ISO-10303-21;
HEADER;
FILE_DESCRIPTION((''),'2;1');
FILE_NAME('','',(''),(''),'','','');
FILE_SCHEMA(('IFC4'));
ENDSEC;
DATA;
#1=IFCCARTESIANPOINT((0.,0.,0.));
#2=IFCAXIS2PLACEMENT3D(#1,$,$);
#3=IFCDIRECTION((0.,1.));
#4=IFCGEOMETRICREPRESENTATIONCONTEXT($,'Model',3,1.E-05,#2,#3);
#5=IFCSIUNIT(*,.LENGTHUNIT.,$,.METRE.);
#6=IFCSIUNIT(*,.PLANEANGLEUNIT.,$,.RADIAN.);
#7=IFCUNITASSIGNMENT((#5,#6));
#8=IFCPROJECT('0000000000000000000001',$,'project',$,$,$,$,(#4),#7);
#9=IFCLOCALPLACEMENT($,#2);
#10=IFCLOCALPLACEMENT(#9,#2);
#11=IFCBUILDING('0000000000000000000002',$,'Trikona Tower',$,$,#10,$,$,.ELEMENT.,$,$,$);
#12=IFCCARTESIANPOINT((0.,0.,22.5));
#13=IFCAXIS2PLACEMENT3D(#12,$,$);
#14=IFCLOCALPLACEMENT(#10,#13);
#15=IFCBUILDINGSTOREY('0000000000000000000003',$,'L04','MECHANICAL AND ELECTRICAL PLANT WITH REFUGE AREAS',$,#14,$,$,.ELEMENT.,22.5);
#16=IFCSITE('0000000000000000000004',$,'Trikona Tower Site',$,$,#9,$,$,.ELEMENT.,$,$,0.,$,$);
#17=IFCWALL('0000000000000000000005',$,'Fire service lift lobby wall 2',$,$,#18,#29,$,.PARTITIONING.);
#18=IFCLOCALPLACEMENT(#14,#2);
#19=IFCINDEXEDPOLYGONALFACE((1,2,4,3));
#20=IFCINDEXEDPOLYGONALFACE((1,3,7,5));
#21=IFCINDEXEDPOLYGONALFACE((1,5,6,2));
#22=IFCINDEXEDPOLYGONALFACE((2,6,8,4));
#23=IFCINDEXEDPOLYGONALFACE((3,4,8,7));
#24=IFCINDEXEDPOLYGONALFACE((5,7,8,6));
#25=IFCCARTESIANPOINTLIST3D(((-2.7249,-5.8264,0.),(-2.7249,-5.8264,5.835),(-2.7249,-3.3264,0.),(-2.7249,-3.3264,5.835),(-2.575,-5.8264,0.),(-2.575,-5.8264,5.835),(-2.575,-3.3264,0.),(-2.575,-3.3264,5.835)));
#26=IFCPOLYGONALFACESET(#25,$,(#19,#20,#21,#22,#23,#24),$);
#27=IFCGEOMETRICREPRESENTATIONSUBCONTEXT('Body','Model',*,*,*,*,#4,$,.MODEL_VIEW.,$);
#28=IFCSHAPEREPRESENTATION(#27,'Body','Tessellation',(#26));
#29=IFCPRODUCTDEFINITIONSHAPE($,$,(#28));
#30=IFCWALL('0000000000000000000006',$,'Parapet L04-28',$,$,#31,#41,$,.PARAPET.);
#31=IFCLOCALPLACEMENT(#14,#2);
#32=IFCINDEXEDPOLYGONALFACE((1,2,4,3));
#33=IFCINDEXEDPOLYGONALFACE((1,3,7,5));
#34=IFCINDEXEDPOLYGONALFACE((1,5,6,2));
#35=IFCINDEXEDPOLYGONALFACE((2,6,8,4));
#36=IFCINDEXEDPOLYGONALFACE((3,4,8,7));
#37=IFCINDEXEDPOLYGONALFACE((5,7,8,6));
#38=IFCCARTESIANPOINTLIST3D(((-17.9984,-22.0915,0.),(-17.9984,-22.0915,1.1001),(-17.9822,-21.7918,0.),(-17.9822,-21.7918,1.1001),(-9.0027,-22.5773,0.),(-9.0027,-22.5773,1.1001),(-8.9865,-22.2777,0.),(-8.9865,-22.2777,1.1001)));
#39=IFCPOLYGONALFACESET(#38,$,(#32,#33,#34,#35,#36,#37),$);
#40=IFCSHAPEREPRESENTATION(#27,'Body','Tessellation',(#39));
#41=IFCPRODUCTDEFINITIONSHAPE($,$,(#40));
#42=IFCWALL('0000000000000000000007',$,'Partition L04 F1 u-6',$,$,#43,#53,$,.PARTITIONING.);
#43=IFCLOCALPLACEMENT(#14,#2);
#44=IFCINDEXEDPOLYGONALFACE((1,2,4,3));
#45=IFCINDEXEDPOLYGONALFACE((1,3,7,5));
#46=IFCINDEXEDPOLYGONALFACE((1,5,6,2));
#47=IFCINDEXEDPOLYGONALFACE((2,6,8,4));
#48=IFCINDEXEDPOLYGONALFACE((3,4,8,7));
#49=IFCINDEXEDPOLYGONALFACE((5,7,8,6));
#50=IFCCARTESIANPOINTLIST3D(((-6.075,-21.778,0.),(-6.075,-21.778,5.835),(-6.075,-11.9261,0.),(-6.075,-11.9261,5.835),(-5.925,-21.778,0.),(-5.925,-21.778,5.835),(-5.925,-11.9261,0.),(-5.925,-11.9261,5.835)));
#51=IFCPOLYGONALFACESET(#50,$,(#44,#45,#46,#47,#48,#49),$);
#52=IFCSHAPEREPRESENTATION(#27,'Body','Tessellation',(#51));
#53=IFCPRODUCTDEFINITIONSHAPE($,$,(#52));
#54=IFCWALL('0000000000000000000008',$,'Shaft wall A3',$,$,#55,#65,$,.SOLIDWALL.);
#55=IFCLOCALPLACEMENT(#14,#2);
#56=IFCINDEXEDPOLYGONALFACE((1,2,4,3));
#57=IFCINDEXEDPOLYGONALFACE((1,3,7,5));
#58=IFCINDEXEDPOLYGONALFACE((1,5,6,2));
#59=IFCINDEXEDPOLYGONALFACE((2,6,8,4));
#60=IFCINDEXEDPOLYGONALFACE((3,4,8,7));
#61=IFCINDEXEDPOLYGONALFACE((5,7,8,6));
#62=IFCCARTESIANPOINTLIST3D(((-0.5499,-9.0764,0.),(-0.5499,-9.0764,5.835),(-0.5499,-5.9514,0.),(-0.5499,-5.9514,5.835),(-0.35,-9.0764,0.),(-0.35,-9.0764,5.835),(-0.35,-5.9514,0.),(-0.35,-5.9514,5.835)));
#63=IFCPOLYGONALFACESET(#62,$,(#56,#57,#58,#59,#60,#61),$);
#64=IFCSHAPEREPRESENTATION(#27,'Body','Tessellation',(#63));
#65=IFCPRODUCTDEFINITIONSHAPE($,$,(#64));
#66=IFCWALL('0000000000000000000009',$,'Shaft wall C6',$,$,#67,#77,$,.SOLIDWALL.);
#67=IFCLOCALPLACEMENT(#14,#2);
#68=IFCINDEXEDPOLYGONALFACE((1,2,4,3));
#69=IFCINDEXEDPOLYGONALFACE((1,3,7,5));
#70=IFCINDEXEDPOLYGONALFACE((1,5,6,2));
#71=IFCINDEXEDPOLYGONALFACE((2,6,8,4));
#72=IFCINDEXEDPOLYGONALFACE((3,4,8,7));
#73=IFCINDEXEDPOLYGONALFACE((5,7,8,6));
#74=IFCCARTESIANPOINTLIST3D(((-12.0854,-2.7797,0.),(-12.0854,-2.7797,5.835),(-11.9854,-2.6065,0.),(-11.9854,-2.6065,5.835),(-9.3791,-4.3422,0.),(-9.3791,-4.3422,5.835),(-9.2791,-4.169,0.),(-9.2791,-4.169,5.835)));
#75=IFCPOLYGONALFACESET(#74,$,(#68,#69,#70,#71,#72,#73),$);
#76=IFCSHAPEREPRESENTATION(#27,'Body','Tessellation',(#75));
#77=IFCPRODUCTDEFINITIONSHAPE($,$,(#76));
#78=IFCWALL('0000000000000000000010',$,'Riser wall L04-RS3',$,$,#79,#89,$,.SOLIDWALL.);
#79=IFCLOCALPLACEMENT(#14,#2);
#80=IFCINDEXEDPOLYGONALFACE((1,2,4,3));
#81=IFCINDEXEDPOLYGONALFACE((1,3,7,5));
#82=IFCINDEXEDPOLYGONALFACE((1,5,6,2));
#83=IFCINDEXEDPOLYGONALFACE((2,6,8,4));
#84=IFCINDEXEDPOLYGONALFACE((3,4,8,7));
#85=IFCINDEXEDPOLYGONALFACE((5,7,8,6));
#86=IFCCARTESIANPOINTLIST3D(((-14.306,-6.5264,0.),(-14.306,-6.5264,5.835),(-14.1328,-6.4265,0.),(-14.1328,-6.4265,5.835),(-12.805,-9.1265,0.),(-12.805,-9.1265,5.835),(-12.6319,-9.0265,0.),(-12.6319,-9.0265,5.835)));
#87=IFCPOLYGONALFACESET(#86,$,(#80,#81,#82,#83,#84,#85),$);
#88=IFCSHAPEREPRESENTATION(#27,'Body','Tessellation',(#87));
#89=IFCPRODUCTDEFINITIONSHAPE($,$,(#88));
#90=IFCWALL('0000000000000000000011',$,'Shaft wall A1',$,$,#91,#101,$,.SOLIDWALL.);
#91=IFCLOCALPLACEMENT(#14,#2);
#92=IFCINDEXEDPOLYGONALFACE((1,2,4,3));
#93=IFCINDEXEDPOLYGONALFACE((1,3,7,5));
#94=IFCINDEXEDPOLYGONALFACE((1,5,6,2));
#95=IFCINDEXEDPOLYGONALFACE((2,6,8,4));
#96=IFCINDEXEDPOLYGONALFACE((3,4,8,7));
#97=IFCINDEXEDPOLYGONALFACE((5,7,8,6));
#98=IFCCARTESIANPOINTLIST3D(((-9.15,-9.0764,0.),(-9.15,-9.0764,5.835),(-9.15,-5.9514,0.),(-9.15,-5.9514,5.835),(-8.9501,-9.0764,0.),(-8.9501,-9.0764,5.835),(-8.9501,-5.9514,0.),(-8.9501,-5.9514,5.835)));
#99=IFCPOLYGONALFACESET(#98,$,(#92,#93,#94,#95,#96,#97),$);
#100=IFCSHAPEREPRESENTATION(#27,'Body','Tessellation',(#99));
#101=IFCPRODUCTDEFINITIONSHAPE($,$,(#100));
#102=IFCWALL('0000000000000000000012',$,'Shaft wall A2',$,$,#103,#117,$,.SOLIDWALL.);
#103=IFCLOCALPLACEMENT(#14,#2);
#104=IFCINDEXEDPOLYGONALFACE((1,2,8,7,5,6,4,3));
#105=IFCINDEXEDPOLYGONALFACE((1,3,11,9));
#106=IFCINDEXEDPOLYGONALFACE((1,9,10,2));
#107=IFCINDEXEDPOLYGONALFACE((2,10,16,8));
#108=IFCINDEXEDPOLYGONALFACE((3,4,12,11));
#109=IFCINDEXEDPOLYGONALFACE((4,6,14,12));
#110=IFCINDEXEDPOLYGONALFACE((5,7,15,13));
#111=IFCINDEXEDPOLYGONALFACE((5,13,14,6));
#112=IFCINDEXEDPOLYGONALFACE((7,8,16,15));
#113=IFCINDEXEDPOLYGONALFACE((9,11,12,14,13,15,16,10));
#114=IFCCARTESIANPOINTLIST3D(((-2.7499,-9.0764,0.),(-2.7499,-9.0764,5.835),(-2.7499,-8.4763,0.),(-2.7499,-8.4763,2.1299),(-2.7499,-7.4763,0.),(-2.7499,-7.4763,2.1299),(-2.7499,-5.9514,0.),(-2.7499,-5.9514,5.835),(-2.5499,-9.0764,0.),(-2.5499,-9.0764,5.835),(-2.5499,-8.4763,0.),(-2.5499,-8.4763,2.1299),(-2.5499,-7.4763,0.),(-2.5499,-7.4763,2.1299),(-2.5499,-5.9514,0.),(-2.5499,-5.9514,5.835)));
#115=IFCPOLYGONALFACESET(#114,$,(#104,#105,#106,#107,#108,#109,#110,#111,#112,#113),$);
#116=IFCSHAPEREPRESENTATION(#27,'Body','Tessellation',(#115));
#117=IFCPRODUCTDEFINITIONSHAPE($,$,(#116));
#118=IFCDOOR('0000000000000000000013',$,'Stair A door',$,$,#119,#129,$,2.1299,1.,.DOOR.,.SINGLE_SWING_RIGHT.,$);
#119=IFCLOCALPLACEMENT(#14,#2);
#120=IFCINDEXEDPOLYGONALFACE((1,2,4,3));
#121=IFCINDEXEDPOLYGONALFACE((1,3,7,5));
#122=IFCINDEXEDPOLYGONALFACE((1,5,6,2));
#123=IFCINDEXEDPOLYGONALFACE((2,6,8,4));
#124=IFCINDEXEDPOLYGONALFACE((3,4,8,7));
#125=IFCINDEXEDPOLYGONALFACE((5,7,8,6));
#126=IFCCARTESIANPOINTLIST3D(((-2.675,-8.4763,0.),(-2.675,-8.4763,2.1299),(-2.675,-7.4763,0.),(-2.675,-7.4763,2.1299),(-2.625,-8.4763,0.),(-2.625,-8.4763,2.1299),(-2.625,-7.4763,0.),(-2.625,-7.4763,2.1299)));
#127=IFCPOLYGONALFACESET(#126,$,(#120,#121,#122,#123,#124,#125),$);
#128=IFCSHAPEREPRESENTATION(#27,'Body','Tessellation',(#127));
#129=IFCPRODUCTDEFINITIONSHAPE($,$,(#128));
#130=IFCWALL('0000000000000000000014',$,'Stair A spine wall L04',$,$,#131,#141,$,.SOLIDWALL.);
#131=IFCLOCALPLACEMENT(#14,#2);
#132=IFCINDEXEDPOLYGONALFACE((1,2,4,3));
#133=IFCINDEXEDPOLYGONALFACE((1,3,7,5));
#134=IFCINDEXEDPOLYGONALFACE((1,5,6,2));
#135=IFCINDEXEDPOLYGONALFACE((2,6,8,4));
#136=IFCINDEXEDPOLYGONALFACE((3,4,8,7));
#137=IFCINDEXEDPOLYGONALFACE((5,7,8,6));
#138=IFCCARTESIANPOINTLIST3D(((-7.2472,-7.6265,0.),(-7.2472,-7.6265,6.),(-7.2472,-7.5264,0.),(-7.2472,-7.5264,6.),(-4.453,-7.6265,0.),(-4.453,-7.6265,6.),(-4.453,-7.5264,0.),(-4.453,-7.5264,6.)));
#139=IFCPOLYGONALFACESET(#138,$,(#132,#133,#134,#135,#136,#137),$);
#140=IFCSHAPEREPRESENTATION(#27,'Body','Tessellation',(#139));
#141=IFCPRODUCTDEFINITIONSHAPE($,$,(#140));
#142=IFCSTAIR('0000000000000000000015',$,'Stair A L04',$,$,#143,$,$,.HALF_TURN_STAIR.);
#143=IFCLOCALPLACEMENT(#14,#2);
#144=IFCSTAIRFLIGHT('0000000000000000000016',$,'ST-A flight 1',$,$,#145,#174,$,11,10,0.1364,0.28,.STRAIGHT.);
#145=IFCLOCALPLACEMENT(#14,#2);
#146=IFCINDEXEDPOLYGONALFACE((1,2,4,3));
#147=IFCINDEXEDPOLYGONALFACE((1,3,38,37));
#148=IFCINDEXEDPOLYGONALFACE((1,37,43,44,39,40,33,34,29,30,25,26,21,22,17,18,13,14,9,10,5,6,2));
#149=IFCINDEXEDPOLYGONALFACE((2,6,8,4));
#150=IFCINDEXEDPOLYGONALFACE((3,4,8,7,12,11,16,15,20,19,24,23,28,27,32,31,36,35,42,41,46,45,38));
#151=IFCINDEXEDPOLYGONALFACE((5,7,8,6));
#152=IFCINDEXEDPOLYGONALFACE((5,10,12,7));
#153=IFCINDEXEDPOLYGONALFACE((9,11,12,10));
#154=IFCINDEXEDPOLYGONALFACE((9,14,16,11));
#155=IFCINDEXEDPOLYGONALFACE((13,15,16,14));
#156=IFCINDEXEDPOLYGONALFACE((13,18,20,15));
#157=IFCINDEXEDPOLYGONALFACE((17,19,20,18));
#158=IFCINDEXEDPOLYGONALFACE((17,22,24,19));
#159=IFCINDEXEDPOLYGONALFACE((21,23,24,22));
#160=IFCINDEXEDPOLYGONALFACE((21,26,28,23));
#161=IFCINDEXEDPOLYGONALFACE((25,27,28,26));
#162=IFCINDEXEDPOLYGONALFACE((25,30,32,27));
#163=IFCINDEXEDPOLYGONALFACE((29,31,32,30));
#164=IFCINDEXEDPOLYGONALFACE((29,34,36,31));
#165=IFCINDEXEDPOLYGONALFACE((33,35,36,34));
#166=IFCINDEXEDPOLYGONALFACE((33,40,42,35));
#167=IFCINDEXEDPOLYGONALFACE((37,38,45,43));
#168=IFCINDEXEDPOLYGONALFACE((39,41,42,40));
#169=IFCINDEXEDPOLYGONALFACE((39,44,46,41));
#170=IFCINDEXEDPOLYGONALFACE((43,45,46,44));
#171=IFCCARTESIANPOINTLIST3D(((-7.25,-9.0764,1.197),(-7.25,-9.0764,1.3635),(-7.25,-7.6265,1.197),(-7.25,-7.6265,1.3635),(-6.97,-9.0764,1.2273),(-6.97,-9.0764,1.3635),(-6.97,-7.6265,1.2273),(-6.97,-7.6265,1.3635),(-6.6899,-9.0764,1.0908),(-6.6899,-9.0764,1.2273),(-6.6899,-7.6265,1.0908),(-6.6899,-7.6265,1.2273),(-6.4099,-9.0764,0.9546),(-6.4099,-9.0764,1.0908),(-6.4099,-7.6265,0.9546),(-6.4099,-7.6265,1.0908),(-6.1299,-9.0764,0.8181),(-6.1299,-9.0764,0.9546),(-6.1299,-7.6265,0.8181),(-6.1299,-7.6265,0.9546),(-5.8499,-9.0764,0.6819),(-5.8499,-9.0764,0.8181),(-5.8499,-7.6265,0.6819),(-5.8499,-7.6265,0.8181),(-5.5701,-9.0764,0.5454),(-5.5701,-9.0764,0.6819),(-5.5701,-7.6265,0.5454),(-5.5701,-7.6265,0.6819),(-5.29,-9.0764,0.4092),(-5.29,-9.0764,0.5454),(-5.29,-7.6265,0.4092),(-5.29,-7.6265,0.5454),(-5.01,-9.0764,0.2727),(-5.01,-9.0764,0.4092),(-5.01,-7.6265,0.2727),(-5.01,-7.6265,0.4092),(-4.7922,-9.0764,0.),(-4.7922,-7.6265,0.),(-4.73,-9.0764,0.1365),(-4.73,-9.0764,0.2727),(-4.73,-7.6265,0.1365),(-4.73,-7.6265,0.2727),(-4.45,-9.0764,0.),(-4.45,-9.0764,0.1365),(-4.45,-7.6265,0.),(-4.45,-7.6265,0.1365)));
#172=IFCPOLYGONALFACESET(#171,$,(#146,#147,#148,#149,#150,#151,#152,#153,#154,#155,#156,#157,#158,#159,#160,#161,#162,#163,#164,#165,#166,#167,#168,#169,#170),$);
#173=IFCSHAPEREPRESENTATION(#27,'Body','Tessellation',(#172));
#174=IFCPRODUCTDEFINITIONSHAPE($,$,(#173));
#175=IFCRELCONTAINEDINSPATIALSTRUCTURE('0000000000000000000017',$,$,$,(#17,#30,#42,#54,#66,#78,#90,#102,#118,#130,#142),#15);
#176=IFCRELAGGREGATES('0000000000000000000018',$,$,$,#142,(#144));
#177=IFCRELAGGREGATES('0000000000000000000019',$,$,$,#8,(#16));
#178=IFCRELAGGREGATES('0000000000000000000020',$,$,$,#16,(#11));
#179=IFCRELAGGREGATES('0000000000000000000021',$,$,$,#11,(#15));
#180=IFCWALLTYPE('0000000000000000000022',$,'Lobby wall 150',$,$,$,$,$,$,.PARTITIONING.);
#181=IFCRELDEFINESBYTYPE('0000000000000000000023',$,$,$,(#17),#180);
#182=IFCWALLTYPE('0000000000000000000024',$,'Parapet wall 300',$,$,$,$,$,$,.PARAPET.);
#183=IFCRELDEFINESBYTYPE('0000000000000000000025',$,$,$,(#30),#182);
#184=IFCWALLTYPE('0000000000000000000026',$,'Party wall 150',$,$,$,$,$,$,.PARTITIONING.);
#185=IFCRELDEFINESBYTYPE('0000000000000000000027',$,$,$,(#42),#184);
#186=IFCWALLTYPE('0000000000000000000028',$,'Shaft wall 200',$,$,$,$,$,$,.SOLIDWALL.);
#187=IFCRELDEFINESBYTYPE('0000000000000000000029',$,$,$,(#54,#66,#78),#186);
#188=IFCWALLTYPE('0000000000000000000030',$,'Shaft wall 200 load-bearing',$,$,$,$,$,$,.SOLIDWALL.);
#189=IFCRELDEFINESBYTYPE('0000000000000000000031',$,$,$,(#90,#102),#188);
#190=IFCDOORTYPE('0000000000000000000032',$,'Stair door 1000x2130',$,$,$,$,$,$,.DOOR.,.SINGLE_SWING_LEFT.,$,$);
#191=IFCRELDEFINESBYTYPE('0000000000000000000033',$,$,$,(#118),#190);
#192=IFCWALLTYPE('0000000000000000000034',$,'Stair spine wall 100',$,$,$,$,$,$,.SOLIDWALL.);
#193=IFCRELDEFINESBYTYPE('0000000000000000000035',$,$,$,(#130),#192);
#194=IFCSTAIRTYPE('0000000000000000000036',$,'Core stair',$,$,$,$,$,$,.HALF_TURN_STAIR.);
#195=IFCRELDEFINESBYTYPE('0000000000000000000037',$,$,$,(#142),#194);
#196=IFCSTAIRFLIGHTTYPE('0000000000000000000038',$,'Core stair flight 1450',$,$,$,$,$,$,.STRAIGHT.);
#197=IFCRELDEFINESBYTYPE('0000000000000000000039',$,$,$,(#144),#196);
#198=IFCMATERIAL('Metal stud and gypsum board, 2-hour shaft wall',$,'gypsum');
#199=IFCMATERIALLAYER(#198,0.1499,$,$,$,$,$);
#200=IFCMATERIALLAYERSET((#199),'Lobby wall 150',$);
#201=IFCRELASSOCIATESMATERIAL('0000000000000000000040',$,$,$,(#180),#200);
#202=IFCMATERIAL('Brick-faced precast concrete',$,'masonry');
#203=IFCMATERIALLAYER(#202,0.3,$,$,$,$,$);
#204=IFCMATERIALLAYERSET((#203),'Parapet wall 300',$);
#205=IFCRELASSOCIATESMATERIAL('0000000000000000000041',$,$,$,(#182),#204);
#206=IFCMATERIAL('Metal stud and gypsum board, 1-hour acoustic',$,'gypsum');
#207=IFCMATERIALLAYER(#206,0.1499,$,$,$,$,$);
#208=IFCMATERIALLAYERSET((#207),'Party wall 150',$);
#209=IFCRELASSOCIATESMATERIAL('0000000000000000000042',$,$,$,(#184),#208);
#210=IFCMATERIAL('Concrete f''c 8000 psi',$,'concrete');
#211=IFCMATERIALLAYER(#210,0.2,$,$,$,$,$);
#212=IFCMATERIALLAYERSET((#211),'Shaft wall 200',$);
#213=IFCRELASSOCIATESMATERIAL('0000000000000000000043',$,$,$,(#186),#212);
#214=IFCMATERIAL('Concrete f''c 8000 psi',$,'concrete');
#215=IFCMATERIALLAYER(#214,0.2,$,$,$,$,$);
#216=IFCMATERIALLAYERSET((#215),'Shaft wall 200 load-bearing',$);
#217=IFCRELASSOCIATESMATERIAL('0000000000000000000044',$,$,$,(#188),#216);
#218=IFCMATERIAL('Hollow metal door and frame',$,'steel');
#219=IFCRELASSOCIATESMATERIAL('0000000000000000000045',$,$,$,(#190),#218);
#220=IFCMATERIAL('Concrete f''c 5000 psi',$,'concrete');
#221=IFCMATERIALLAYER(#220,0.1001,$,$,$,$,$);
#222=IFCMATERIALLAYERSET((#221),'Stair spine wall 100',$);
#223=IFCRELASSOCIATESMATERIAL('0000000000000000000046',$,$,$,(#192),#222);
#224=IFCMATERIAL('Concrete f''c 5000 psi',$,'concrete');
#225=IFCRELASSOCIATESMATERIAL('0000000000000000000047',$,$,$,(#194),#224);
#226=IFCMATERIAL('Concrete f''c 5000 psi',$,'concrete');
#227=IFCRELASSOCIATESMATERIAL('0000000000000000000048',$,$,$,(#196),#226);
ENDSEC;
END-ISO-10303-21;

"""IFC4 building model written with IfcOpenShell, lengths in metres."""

from ifc_helpers import new_model, si_unit, direction, frame, frame_2d, origin, place, context, subcontext, project, spatial, polyline, rectangle, outline, extrude, material, layer, layer_set, type_object, element, fill, aggregate, save


model = new_model("IFC4")

# Units and contexts
model_context = context("Model", 3, precision=1e-05, world=origin(), true_north=direction((0.0, 1.0)))
body_context = subcontext(model_context, "Body", "Model", "MODEL_VIEW")
ifc_project = project(units=[si_unit("LENGTHUNIT", "METRE"), si_unit("PLANEANGLEUNIT", "RADIAN")], contexts=[model_context])

# Site, building, storey
site_placement = place(None, origin())
site = spatial("IfcSite", under=ifc_project, at=site_placement, Name="Trikona Tower Site", CompositionType="ELEMENT", RefElevation=0.0)
building_placement = place(site_placement, origin())
building = spatial("IfcBuilding", under=site, at=building_placement, Name="Trikona Tower", CompositionType="ELEMENT")
storey_placement = place(building_placement, frame((0.0, 0.0, 22.5)))
storey = spatial("IfcBuildingStorey", under=building, at=storey_placement, Name="L04", Description="MECHANICAL AND ELECTRICAL PLANT WITH REFUGE AREAS", CompositionType="ELEMENT", Elevation=22.5)

# Walls
ifc_material_1 = material(Name="Metal stud and gypsum board, 2-hour shaft wall", Category="gypsum")
ifc_layer_1 = layer(ifc_material_1, 0.1499)
ifc_layer_set_1 = layer_set([ifc_layer_1], Name="Lobby wall 150")
wall_type_1 = type_object("IfcWallType", Name="Lobby wall 150", PredefinedType="PARTITIONING", material=ifc_layer_set_1)
wall_1_placement = place(storey_placement, frame((-2.6499, -5.8264, 0.0), z_axis=(0.0, 0.0, 1.0), x_axis=(0.0, 1.0, 0.0)))
element("IfcWall", 1, at=wall_1_placement, inside=storey, type_object=wall_type_1, Name="Fire service lift lobby wall 2", PredefinedType="PARTITIONING", context=body_context, shape_type="SweptSolid", body=[
    extrude(rectangle(XDim=2.5, YDim=0.1499, at=frame_2d((1.25, 0.0))), origin(), (0.0, 0.0, 1.0), 5.835),
])
ifc_material_2 = material(Name="Brick-faced precast concrete", Category="masonry")
ifc_layer_2 = layer(ifc_material_2, 0.3)
ifc_layer_set_2 = layer_set([ifc_layer_2], Name="Parapet wall 300")
wall_type_2 = type_object("IfcWallType", Name="Parapet wall 300", PredefinedType="PARAPET", material=ifc_layer_set_2)
wall_2_placement = place(storey_placement, frame((-8.9946, -22.4275, 0.0), z_axis=(0.0, 0.0, 1.0), x_axis=(-0.998545, 0.05393, 0.0)))
element("IfcWall", 2, at=wall_2_placement, inside=storey, type_object=wall_type_2, Name="Parapet L04-28", PredefinedType="PARAPET", context=body_context, shape_type="SweptSolid", body=[
    extrude(rectangle(XDim=9.0088, YDim=0.3, at=frame_2d((4.5044, 0.0))), origin(), (0.0, 0.0, 1.0), 1.1001),
])
ifc_material_3 = material(Name="Metal stud and gypsum board, 1-hour acoustic", Category="gypsum")
ifc_layer_3 = layer(ifc_material_3, 0.1499)
ifc_layer_set_3 = layer_set([ifc_layer_3], Name="Party wall 150")
wall_type_3 = type_object("IfcWallType", Name="Party wall 150", PredefinedType="PARTITIONING", material=ifc_layer_set_3)
wall_3_placement = place(storey_placement, frame((-6.0, -11.9263, 0.0), z_axis=(0.0, 0.0, 1.0), x_axis=(0.0, -1.0, 0.0)))
element("IfcWall", 3, at=wall_3_placement, inside=storey, type_object=wall_type_3, Name="Partition L04 F1 u-6", PredefinedType="PARTITIONING", context=body_context, shape_type="SweptSolid", body=[
    extrude(rectangle(XDim=9.8518, YDim=0.1499, at=frame_2d((4.9258, 0.0))), origin(), (0.0, 0.0, 1.0), 5.835),
])
ifc_material_4 = material(Name="Concrete f'c 8000 psi", Category="concrete")
ifc_layer_4 = layer(ifc_material_4, 0.2)
ifc_layer_set_4 = layer_set([ifc_layer_4], Name="Shaft wall 200")
wall_type_4 = type_object("IfcWallType", Name="Shaft wall 200", PredefinedType="SOLIDWALL", material=ifc_layer_set_4)
for number, where, z_axis, x_axis, name in (
    (4, (-0.45, -5.9514, 0.0), (0.0, 0.0, 1.0), (0.0, -1.0, 0.0), "Shaft wall A3"),
    (5, (-9.3291, -4.2556, 0.0), (0.0, 0.0, 1.0), (-0.866023, 0.500004, 0.0), "Shaft wall C6"),
):
    element("IfcWall", number, at=place(storey_placement, frame(where, z_axis=z_axis, x_axis=x_axis)), inside=storey, type_object=wall_type_4, Name=name, PredefinedType="SOLIDWALL", context=body_context, shape_type="SweptSolid", body=[
        extrude(rectangle(XDim=3.125, YDim=0.2, at=frame_2d((1.5625, 0.0))), origin(), (0.0, 0.0, 1.0), 5.835),
    ])
wall_4_placement = place(storey_placement, frame((-12.7185, -9.0764, 0.0), z_axis=(0.0, 0.0, 1.0), x_axis=(-0.499952, 0.866053, 0.0)))
element("IfcWall", 6, at=wall_4_placement, inside=storey, type_object=wall_type_4, Name="Riser wall L04-RS3", PredefinedType="SOLIDWALL", context=body_context, shape_type="SweptSolid", body=[
    extrude(rectangle(XDim=3.0022, YDim=0.2, at=frame_2d((1.501, 0.0))), origin(), (0.0, 0.0, 1.0), 5.835),
])
ifc_material_5 = material(Name="Concrete f'c 8000 psi", Category="concrete")
ifc_layer_5 = layer(ifc_material_5, 0.2)
ifc_layer_set_5 = layer_set([ifc_layer_5], Name="Shaft wall 200 load-bearing")
wall_type_5 = type_object("IfcWallType", Name="Shaft wall 200 load-bearing", PredefinedType="SOLIDWALL", material=ifc_layer_set_5)
wall_5_placement = place(storey_placement, frame((-9.05, -5.9514, 0.0), z_axis=(0.0, 0.0, 1.0), x_axis=(0.0, -1.0, 0.0)))
element("IfcWall", 7, at=wall_5_placement, inside=storey, type_object=wall_type_5, Name="Shaft wall A1", PredefinedType="SOLIDWALL", context=body_context, shape_type="SweptSolid", body=[
    extrude(rectangle(XDim=3.125, YDim=0.2, at=frame_2d((1.5625, 0.0))), origin(), (0.0, 0.0, 1.0), 5.835),
])

# Wall, opening, door
wall_6_placement = place(storey_placement, frame((-2.6499, -5.9514, 0.0), z_axis=(0.0, 0.0, 1.0), x_axis=(0.0, -1.0, 0.0)))
wall_6 = element("IfcWall", 8, at=wall_6_placement, inside=storey, type_object=wall_type_5, Name="Shaft wall A2", PredefinedType="SOLIDWALL", context=body_context, shape_type="SweptSolid", body=[
    extrude(rectangle(XDim=3.125, YDim=0.2, at=frame_2d((1.5625, 0.0))), origin(), (0.0, 0.0, 1.0), 5.835),
])
opening_1_placement = place(wall_6_placement, frame((1.5249, 0.0, 0.0)))
opening_1 = element("IfcOpeningElement", 9, at=opening_1_placement, cuts=wall_6, PredefinedType="OPENING", context=body_context, shape_type="SweptSolid", body=[
    extrude(rectangle(XDim=1.0, YDim=2.1299, at=frame_2d((0.5, 1.0649))), frame((0.0, 0.1099, 0.0), z_axis=(0.0, -1.0, 0.0), x_axis=(1.0, 0.0, 0.0)), (0.0, 0.0, 1.0), 0.22),
])
ifc_material_6 = material(Name="Hollow metal door and frame", Category="steel")
door_type_1 = type_object("IfcDoorType", Name="Stair door 1000x2130", OperationType="SINGLE_SWING_LEFT", PredefinedType="DOOR", material=ifc_material_6)
door_1_placement = place(opening_1_placement, origin())
door_1 = element("IfcDoor", 10, at=door_1_placement, inside=storey, type_object=door_type_1, Name="Stair A door", OperationType="SINGLE_SWING_RIGHT", OverallHeight=2.1299, OverallWidth=1.0, PredefinedType="DOOR", context=body_context, shape_type="SweptSolid", body=[
    extrude(rectangle(XDim=1.0, YDim=2.1299, at=frame_2d((0.5, 1.0649))), frame((0.0, 0.0249, 0.0), z_axis=(0.0, -1.0, 0.0), x_axis=(1.0, 0.0, 0.0)), (0.0, 0.0, 1.0), 0.05),
])
fill(opening_1, door_1)

# Wall
ifc_material_7 = material(Name="Concrete f'c 5000 psi", Category="concrete")
ifc_layer_6 = layer(ifc_material_7, 0.1001)
ifc_layer_set_6 = layer_set([ifc_layer_6], Name="Stair spine wall 100")
wall_type_6 = type_object("IfcWallType", Name="Stair spine wall 100", PredefinedType="SOLIDWALL", material=ifc_layer_set_6)
wall_7_placement = place(storey_placement, frame((-7.2471, -7.5764, 0.0), z_axis=(0.0, 0.0, 1.0), x_axis=(1.0, 0.0, 0.0)))
element("IfcWall", 11, at=wall_7_placement, inside=storey, type_object=wall_type_6, Name="Stair A spine wall L04", PredefinedType="SOLIDWALL", context=body_context, shape_type="SweptSolid", body=[
    extrude(rectangle(XDim=2.7942, YDim=0.1001, at=frame_2d((1.397, 0.0))), origin(), (0.0, 0.0, 1.0), 6.0),
])

# Stair, stair flight
ifc_material_8 = material(Name="Concrete f'c 5000 psi", Category="concrete")
stair_type = type_object("IfcStairType", Name="Core stair", PredefinedType="HALF_TURN_STAIR", material=ifc_material_8)
stair_placement = place(storey_placement, origin())
stair = element("IfcStair", 12, at=stair_placement, inside=storey, type_object=stair_type, Name="Stair A L04", PredefinedType="HALF_TURN_STAIR")
ifc_material_9 = material(Name="Concrete f'c 5000 psi", Category="concrete")
stair_flight_type = type_object("IfcStairFlightType", Name="Core stair flight 1450", PredefinedType="STRAIGHT", material=ifc_material_9)
stair_flight_1_placement = place(storey_placement, frame((-4.45, -8.3513, 0.0), z_axis=(0.0, 0.0, 1.0), x_axis=(-1.0, 0.0, 0.0)))
stair_flight_1 = element("IfcStairFlight", 13, at=stair_flight_1_placement, type_object=stair_flight_type, Name="ST-A flight 1", NumberOfRisers=11, NumberOfTreads=10, PredefinedType="STRAIGHT", RiserHeight=0.1364, TreadLength=0.28, context=body_context, shape_type="SweptSolid", body=[
    extrude(outline(polyline([(0.0, 0.0), (0.0, 0.1365), (0.28, 0.1365), (0.28, 0.2727), (0.5601, 0.2727), (0.5601, 0.4092), (0.8401, 0.4092), (0.8401, 0.5454), (1.1201, 0.5454), (1.1201, 0.6819), (1.3999, 0.6819), (1.3999, 0.8181), (1.6799, 0.8181), (1.6799, 0.9546), (1.96, 0.9546), (1.96, 1.0908), (2.24, 1.0908), (2.24, 1.2273), (2.52, 1.2273), (2.52, 1.3635), (2.8, 1.3635), (2.8, 1.5), (2.8, 1.197), (0.3423, 0.0), (0.0, 0.0)])), frame((0.0, 0.7251, 0.0), z_axis=(0.0, -1.0, 0.0), x_axis=(1.0, 0.0, 0.0)), (0.0, 0.0, 1.0), 1.45),
])
aggregate(stair, [stair_flight_1])

save(model, "model.ifc")
